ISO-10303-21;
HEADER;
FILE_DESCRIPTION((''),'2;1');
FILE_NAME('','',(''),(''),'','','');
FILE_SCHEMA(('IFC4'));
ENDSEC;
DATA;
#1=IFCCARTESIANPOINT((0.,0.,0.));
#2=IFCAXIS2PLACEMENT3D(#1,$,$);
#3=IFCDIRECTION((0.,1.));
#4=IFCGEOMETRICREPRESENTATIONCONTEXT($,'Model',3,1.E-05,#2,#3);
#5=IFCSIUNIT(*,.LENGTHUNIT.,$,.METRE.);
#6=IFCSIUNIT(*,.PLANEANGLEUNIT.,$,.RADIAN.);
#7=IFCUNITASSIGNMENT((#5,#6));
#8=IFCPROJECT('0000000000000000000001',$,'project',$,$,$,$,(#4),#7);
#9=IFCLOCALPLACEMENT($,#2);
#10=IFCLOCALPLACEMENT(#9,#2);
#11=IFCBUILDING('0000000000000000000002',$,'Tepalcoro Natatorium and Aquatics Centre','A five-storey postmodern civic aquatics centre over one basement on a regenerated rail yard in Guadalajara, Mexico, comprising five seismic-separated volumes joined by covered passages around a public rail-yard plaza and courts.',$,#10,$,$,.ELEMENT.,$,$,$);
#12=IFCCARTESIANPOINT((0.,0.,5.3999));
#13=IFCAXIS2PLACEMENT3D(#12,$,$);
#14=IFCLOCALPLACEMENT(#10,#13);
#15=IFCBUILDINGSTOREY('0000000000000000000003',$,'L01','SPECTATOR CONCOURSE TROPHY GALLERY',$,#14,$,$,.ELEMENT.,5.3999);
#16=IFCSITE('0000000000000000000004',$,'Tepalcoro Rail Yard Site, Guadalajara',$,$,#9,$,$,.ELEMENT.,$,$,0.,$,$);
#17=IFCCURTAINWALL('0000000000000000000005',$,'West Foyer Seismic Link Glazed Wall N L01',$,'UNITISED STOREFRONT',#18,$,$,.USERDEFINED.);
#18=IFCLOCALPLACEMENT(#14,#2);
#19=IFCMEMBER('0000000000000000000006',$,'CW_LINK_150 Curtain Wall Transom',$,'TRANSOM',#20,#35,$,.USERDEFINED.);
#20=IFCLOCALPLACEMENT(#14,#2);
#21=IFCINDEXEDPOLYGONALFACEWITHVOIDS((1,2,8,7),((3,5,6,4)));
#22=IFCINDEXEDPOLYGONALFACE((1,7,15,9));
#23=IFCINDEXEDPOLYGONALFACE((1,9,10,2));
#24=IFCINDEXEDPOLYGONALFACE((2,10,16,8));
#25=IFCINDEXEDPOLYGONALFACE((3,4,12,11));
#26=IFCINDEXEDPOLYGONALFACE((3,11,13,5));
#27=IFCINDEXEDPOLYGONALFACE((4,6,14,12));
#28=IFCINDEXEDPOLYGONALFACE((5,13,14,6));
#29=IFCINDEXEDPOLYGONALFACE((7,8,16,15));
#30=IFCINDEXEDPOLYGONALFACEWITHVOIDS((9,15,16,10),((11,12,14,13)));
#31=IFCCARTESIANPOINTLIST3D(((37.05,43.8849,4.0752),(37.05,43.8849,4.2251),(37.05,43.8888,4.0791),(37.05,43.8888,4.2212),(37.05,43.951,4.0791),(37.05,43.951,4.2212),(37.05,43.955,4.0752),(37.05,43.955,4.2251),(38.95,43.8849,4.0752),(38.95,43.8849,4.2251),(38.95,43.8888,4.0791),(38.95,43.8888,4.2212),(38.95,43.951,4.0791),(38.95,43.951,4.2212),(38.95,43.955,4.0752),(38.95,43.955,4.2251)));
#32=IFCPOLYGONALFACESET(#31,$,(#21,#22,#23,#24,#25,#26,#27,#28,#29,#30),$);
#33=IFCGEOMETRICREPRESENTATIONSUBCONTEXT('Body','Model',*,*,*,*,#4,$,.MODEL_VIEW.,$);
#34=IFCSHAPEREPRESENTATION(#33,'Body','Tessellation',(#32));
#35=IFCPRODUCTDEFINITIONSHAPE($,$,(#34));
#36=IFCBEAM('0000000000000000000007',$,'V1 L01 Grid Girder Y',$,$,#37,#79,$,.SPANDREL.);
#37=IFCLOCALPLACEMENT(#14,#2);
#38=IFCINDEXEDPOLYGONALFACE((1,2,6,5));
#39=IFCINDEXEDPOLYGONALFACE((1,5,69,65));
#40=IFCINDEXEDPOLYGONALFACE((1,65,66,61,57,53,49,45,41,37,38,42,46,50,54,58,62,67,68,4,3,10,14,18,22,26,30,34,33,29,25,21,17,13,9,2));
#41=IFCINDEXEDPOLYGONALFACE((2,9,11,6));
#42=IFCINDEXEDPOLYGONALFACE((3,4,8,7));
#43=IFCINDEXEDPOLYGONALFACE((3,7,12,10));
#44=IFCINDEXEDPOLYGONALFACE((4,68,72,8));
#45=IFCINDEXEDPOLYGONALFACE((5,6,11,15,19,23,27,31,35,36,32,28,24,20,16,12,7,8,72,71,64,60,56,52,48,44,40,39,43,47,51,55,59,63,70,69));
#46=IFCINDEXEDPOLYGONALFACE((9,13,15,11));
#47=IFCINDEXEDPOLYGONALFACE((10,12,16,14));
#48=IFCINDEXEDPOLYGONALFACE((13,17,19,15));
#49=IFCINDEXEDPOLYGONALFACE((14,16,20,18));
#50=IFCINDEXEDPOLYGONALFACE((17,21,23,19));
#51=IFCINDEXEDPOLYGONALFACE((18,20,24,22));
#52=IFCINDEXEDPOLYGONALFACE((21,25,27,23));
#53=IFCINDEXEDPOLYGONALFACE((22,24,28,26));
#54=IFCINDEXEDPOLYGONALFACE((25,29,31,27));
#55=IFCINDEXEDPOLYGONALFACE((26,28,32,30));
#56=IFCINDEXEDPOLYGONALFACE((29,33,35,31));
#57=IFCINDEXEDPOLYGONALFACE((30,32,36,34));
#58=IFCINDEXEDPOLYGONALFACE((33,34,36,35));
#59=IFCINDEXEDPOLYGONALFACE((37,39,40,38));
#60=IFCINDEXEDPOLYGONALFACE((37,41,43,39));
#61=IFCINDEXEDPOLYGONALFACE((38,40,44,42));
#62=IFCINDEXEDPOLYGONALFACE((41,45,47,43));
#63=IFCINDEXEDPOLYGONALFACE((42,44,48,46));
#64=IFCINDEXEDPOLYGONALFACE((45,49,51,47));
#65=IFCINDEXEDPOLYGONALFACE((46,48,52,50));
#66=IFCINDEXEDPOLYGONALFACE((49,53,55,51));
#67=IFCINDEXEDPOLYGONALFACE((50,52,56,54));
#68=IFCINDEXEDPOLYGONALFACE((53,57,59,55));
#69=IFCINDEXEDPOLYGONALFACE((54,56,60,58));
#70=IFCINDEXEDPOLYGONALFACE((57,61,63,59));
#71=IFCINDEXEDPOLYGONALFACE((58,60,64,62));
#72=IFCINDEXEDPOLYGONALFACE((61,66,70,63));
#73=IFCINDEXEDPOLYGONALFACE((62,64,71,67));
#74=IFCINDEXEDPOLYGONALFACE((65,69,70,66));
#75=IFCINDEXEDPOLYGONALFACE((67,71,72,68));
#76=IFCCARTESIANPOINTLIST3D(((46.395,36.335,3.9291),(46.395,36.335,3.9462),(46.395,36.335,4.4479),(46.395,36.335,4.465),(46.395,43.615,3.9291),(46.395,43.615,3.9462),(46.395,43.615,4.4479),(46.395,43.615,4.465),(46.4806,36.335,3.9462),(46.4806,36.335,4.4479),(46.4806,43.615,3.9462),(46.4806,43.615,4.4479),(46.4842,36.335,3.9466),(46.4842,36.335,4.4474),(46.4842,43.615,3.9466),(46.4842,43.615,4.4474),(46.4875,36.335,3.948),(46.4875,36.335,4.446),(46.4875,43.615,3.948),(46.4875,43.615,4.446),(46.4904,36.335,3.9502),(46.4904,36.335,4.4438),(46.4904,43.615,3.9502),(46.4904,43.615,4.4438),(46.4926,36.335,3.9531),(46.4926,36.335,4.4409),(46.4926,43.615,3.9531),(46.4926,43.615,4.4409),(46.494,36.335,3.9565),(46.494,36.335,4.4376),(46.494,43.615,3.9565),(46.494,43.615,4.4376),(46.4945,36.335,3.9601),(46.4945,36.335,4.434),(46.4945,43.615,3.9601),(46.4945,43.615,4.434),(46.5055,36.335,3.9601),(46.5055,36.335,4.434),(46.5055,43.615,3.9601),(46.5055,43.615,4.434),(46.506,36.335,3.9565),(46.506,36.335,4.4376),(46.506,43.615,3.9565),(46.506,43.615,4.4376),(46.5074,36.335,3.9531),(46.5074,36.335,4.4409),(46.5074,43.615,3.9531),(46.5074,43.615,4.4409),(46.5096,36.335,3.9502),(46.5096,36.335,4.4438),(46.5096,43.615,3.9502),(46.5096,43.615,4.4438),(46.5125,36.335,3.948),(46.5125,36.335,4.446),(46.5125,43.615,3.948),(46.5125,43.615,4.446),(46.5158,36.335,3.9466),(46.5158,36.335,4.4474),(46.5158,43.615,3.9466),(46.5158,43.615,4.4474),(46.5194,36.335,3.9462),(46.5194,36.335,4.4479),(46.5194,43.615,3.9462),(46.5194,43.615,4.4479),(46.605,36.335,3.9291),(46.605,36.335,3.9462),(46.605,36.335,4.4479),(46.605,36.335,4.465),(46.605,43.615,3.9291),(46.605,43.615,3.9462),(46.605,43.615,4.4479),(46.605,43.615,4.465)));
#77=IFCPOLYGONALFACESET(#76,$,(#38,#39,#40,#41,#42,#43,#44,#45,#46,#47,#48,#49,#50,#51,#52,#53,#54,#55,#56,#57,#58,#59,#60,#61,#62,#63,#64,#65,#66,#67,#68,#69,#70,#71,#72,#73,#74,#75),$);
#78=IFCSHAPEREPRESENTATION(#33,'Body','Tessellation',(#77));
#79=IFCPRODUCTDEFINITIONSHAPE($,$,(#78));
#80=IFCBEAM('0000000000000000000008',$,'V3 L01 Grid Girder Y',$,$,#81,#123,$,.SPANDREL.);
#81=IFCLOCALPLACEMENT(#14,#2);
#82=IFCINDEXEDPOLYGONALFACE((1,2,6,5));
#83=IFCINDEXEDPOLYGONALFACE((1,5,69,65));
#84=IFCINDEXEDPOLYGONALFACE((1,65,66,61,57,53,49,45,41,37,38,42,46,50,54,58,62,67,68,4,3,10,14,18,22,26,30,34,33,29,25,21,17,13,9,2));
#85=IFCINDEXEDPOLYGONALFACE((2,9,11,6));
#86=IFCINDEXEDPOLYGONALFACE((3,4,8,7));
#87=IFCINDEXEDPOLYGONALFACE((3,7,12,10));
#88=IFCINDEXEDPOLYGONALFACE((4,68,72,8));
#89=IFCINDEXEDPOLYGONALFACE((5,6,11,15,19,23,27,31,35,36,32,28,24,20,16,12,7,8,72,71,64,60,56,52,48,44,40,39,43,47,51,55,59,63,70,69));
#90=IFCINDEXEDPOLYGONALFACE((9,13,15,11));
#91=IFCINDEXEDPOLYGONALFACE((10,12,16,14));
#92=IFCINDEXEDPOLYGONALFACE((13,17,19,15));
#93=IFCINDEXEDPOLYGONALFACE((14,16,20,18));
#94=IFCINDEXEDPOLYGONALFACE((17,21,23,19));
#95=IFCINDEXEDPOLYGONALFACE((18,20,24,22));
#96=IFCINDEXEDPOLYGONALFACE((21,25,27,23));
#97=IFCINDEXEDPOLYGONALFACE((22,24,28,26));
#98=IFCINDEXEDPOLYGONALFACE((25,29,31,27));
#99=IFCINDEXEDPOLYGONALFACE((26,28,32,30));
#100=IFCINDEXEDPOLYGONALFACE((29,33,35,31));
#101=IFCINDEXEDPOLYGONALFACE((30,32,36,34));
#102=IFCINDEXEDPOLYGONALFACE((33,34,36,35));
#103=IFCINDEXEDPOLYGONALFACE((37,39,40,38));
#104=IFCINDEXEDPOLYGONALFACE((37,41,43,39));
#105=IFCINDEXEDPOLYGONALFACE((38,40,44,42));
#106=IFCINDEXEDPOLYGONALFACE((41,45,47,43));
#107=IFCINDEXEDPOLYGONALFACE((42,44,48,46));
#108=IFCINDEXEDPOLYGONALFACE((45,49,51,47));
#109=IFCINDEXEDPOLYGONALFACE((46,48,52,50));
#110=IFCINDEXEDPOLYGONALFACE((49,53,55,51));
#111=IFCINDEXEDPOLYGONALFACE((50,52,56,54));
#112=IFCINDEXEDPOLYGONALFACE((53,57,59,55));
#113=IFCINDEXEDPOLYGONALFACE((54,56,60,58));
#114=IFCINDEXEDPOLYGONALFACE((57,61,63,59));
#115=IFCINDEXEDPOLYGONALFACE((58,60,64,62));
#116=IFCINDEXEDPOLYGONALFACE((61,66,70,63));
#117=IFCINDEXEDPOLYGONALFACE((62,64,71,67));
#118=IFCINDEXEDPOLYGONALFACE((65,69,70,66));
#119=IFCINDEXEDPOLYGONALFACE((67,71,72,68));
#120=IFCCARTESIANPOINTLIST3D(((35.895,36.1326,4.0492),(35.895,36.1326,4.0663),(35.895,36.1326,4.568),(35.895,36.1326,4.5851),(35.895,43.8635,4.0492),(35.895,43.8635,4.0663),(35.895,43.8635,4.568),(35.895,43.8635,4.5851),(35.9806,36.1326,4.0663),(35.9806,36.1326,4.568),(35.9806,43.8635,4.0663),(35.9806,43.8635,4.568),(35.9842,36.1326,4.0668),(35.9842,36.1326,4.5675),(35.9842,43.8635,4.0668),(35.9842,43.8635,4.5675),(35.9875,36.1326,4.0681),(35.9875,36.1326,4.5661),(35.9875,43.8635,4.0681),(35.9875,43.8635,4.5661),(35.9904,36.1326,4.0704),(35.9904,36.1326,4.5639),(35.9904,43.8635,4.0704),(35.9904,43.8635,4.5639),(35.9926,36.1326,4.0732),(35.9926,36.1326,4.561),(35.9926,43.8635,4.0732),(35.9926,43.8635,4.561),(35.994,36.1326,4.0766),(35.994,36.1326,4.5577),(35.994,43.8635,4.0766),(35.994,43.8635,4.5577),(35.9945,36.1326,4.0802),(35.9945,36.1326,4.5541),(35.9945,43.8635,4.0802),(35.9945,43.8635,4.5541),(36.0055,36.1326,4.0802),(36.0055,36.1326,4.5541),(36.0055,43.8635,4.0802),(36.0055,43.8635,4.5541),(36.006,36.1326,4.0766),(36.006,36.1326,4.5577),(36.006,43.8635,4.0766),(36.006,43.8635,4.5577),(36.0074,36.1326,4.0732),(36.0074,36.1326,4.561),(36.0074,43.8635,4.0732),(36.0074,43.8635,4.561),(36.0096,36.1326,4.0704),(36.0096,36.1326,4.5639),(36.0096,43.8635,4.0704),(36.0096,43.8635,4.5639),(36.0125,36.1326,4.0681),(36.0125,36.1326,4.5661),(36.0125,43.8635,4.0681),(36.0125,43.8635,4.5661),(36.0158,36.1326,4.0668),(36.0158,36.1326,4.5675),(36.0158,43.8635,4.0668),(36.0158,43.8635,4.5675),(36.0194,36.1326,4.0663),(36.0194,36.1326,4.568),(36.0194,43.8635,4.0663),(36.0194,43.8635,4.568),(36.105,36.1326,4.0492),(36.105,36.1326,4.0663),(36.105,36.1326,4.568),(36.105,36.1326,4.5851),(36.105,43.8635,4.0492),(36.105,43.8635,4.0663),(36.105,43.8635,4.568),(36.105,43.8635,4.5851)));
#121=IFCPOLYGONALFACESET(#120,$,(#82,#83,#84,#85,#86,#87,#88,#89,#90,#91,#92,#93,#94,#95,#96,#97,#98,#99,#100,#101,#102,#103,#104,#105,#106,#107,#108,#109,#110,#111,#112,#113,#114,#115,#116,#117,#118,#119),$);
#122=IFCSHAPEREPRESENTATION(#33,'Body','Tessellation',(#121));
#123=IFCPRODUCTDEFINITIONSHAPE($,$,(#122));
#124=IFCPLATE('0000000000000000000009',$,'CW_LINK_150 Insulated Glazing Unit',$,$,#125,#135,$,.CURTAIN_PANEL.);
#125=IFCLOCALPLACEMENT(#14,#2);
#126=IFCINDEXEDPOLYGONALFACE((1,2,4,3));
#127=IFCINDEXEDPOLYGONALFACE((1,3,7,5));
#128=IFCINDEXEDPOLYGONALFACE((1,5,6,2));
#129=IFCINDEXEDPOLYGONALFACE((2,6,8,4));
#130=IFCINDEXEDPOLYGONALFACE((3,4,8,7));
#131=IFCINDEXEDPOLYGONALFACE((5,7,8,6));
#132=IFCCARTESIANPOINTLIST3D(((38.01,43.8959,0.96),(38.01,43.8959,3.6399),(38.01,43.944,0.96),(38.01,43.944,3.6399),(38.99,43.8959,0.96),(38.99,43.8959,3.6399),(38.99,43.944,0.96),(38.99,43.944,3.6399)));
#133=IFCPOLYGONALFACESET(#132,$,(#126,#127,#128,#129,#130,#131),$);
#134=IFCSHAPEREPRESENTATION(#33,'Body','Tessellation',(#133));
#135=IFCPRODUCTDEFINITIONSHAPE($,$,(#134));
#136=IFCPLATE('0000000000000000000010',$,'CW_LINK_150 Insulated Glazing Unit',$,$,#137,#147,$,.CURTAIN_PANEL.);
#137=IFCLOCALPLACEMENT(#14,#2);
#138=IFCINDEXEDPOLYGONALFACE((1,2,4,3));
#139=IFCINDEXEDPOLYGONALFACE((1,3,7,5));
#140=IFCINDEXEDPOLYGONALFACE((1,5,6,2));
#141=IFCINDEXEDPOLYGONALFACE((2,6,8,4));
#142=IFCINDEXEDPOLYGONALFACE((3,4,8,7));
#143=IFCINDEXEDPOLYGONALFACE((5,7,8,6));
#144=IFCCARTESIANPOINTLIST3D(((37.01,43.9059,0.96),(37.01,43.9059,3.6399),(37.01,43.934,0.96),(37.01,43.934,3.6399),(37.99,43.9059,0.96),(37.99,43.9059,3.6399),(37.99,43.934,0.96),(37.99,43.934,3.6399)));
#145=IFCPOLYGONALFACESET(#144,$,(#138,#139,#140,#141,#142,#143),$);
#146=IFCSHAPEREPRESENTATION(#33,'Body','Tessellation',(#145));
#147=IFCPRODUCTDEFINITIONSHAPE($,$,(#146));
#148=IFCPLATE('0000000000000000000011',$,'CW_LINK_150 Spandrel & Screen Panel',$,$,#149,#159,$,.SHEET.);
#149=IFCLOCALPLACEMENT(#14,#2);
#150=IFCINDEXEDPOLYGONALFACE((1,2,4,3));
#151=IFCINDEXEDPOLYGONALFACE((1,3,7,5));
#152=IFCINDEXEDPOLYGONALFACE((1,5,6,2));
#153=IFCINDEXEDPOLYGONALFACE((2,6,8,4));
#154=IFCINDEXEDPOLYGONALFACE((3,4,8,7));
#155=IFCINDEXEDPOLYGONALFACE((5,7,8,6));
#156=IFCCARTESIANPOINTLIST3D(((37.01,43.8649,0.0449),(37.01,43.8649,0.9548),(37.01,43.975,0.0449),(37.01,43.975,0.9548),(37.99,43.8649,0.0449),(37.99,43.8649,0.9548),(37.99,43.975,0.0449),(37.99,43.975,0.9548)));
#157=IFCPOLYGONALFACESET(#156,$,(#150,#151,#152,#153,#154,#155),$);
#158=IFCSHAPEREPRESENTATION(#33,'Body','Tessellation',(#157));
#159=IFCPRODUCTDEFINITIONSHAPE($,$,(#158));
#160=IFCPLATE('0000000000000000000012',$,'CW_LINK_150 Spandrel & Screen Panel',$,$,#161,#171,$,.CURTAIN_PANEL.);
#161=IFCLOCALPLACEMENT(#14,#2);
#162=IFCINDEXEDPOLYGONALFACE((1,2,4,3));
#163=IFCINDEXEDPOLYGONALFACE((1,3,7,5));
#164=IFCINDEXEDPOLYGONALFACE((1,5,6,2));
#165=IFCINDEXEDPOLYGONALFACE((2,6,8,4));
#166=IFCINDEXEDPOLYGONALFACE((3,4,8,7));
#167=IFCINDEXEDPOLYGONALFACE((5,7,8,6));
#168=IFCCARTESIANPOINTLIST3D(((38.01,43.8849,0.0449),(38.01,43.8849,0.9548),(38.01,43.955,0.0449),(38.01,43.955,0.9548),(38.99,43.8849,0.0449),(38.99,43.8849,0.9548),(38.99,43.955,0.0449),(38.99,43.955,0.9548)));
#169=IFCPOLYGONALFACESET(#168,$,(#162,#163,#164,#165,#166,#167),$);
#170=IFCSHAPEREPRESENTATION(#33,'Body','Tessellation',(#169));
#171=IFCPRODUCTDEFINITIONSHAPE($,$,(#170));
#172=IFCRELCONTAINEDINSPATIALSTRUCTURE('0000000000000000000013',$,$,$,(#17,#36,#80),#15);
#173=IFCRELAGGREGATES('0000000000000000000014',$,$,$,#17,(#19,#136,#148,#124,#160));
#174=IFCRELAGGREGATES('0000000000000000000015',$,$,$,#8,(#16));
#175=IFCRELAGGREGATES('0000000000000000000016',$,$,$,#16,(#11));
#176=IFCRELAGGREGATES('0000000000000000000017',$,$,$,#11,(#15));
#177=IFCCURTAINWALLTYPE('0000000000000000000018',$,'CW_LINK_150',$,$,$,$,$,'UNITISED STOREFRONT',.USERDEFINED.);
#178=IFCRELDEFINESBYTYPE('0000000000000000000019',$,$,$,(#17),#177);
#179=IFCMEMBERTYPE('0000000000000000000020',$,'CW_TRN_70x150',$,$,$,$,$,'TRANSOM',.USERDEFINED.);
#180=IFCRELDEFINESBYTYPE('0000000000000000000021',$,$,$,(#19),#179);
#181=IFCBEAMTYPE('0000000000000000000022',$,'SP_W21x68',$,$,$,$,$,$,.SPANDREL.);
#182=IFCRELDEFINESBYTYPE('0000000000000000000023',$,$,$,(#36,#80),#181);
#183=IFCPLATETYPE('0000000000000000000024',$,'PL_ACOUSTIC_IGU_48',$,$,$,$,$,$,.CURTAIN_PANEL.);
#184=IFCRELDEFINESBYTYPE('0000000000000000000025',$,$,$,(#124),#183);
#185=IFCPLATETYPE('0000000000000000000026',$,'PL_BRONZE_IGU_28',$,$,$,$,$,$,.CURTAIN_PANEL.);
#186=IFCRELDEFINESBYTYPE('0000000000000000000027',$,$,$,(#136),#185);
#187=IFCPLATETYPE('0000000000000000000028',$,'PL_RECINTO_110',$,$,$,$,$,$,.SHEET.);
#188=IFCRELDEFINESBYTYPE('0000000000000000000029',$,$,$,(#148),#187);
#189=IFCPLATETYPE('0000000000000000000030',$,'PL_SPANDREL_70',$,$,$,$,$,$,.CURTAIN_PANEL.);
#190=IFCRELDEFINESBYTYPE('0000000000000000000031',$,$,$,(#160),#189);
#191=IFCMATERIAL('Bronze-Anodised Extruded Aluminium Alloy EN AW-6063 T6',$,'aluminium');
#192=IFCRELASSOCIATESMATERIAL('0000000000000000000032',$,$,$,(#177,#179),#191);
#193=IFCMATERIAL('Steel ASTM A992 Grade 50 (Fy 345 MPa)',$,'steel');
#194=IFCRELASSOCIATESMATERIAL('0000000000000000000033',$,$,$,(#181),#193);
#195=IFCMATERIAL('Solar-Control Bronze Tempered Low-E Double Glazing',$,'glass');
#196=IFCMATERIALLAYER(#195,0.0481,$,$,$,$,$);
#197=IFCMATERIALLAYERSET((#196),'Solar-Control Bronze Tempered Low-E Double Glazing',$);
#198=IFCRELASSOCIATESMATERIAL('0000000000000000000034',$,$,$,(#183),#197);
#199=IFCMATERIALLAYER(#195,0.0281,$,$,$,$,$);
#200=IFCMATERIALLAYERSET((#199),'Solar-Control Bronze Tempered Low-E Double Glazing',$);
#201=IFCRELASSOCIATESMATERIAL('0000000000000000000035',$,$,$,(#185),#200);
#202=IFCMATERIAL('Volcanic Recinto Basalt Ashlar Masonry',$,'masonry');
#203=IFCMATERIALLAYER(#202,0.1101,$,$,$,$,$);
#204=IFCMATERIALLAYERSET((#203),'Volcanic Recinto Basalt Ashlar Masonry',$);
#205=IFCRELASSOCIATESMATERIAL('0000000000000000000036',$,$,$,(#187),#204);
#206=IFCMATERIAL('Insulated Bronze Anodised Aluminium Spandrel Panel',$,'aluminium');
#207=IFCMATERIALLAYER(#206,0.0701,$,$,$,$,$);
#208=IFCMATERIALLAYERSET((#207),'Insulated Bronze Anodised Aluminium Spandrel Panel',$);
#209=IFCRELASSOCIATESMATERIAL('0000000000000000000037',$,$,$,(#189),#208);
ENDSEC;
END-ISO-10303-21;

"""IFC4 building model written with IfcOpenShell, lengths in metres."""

from ifc_helpers import new_model, si_unit, direction, frame, origin, origin_2d, place, context, subcontext, project, spatial, rectangle, hollow_rectangle, i_section, extrude, material, layer, layer_set, material_profile, profile_set, type_object, element, aggregate, save


model = new_model("IFC4")

# Units and contexts
model_context = context("Model", 3, precision=1e-05, world=origin(), true_north=direction((0.0, 1.0)))
body_context = subcontext(model_context, "Body", "Model", "MODEL_VIEW")
ifc_project = project(units=[si_unit("LENGTHUNIT", "METRE"), si_unit("PLANEANGLEUNIT", "RADIAN")], contexts=[model_context])

# Site, building, storey
site_placement = place(None, origin())
site = spatial("IfcSite", under=ifc_project, at=site_placement, Name="Tepalcoro Rail Yard Site, Guadalajara", CompositionType="ELEMENT", RefElevation=0.0)
building_placement = place(site_placement, origin())
building = spatial("IfcBuilding", under=site, at=building_placement, Name="Tepalcoro Natatorium and Aquatics Centre", Description="A five-storey postmodern civic aquatics centre over one basement on a regenerated rail yard in Guadalajara, Mexico, comprising five seismic-separated volumes joined by covered passages around a public rail-yard plaza and courts.", CompositionType="ELEMENT")
storey_placement = place(building_placement, frame((0.0, 0.0, 5.3999)))
storey = spatial("IfcBuildingStorey", under=building, at=storey_placement, Name="L01", Description="SPECTATOR CONCOURSE TROPHY GALLERY", CompositionType="ELEMENT", Elevation=5.3999)

# Shared definitions
ifc_material_1 = material(Name="Steel ASTM A992 Grade 50 (Fy 345 MPa)", Category="steel")

# Curtain wall, member
ifc_material_2 = material(Name="Bronze-Anodised Extruded Aluminium Alloy EN AW-6063 T6", Category="aluminium")
curtain_wall_type = type_object("IfcCurtainWallType", Name="CW_LINK_150", ElementType="UNITISED STOREFRONT", PredefinedType="USERDEFINED", material=ifc_material_2)
curtain_wall_placement = place(storey_placement, origin())
curtain_wall = element("IfcCurtainWall", 1, at=curtain_wall_placement, inside=storey, type_object=curtain_wall_type, Name="West Foyer Seismic Link Glazed Wall N L01", ObjectType="UNITISED STOREFRONT", PredefinedType="USERDEFINED")
ifc_material_profile_1 = material_profile(ifc_material_2, hollow_rectangle(XDim=0.0701, YDim=0.1499, WallThickness=0.0039, at=origin_2d()), Name="AL70X150X4")
ifc_profile_set_1 = profile_set([ifc_material_profile_1], Name="Bronze-Anodised Extruded Aluminium Alloy EN AW-6063 T6")
member_type_1 = type_object("IfcMemberType", Name="CW_TRN_70x150", ElementType="TRANSOM", PredefinedType="USERDEFINED", material=ifc_profile_set_1)
member_1_placement = place(storey_placement, frame((37.05, 43.9199, 4.1501), z_axis=(1.0, 0.0, 0.0), x_axis=(0.0, 1.0, 0.0)))
member_1 = element("IfcMember", 2, at=member_1_placement, type_object=member_type_1, Name="CW_LINK_150 Curtain Wall Transom", ObjectType="TRANSOM", PredefinedType="USERDEFINED", context=body_context, shape_type="SweptSolid", body=[
    extrude(hollow_rectangle(XDim=0.0701, YDim=0.1499, WallThickness=0.0039, at=origin_2d()), origin(), (0.0, 0.0, 1.0), 1.8999),
])

# Beams
ifc_material_profile_2 = material_profile(ifc_material_1, i_section(OverallWidth=0.21, OverallDepth=0.5359, WebThickness=0.011, FlangeThickness=0.0171, FilletRadius=0.0139, at=origin_2d()), Name="W21X68")
ifc_profile_set_2 = profile_set([ifc_material_profile_2], Name="Steel ASTM A992 Grade 50 (Fy 345 MPa)")
beam_type_1 = type_object("IfcBeamType", Name="SP_W21x68", PredefinedType="SPANDREL", material=ifc_profile_set_2)
beam_1_placement = place(storey_placement, frame((46.5, 36.335, 4.197), z_axis=(0.0, 1.0, 0.0), x_axis=(-1.0, 0.0, 0.0)))
element("IfcBeam", 3, at=beam_1_placement, inside=storey, type_object=beam_type_1, Name="V1 L01 Grid Girder Y", PredefinedType="SPANDREL", context=body_context, shape_type="SweptSolid", body=[
    extrude(i_section(OverallWidth=0.21, OverallDepth=0.5359, WebThickness=0.011, FlangeThickness=0.0171, FilletRadius=0.0139, at=origin_2d()), origin(), (0.0, 0.0, 1.0), 7.28),
])
beam_2_placement = place(storey_placement, frame((36.0, 36.1326, 4.3171), z_axis=(0.0, 1.0, 0.0), x_axis=(-1.0, 0.0, 0.0)))
element("IfcBeam", 4, at=beam_2_placement, inside=storey, type_object=beam_type_1, Name="V3 L01 Grid Girder Y", PredefinedType="SPANDREL", context=body_context, shape_type="SweptSolid", body=[
    extrude(i_section(OverallWidth=0.21, OverallDepth=0.5359, WebThickness=0.011, FlangeThickness=0.0171, FilletRadius=0.0139, at=origin_2d()), origin(), (0.0, 0.0, 1.0), 7.731),
])

# Plates
ifc_material_3 = material(Name="Solar-Control Bronze Tempered Low-E Double Glazing", Category="glass")
ifc_layer_1 = layer(ifc_material_3, 0.0481)
ifc_layer_set_1 = layer_set([ifc_layer_1], Name="Solar-Control Bronze Tempered Low-E Double Glazing")
plate_type_1 = type_object("IfcPlateType", Name="PL_ACOUSTIC_IGU_48", PredefinedType="CURTAIN_PANEL", material=ifc_layer_set_1)
plate_1_placement = place(storey_placement, frame((38.5, 43.9199, 0.96), z_axis=(0.0, 0.0, 1.0), x_axis=(1.0, 0.0, 0.0)))
plate_1 = element("IfcPlate", 5, at=plate_1_placement, type_object=plate_type_1, Name="CW_LINK_150 Insulated Glazing Unit", PredefinedType="CURTAIN_PANEL", context=body_context, shape_type="SweptSolid", body=[
    extrude(rectangle(XDim=0.98, YDim=0.0481, at=origin_2d()), origin(), (0.0, 0.0, 1.0), 2.6799),
])
ifc_layer_2 = layer(ifc_material_3, 0.0281)
ifc_layer_set_2 = layer_set([ifc_layer_2], Name="Solar-Control Bronze Tempered Low-E Double Glazing")
plate_type_2 = type_object("IfcPlateType", Name="PL_BRONZE_IGU_28", PredefinedType="CURTAIN_PANEL", material=ifc_layer_set_2)
plate_2_placement = place(storey_placement, frame((37.5, 43.9199, 0.96), z_axis=(0.0, 0.0, 1.0), x_axis=(1.0, 0.0, 0.0)))
plate_2 = element("IfcPlate", 6, at=plate_2_placement, type_object=plate_type_2, Name="CW_LINK_150 Insulated Glazing Unit", PredefinedType="CURTAIN_PANEL", context=body_context, shape_type="SweptSolid", body=[
    extrude(rectangle(XDim=0.98, YDim=0.0281, at=origin_2d()), origin(), (0.0, 0.0, 1.0), 2.6799),
])
ifc_material_4 = material(Name="Volcanic Recinto Basalt Ashlar Masonry", Category="masonry")
ifc_layer_3 = layer(ifc_material_4, 0.1101)
ifc_layer_set_3 = layer_set([ifc_layer_3], Name="Volcanic Recinto Basalt Ashlar Masonry")
plate_type_3 = type_object("IfcPlateType", Name="PL_RECINTO_110", PredefinedType="SHEET", material=ifc_layer_set_3)
plate_3_placement = place(storey_placement, frame((37.5, 43.9199, 0.0449), z_axis=(0.0, 0.0, 1.0), x_axis=(1.0, 0.0, 0.0)))
plate_3 = element("IfcPlate", 7, at=plate_3_placement, type_object=plate_type_3, Name="CW_LINK_150 Spandrel & Screen Panel", PredefinedType="SHEET", context=body_context, shape_type="SweptSolid", body=[
    extrude(rectangle(XDim=0.98, YDim=0.1101, at=origin_2d()), origin(), (0.0, 0.0, 1.0), 0.9099),
])
ifc_material_5 = material(Name="Insulated Bronze Anodised Aluminium Spandrel Panel", Category="aluminium")
ifc_layer_4 = layer(ifc_material_5, 0.0701)
ifc_layer_set_4 = layer_set([ifc_layer_4], Name="Insulated Bronze Anodised Aluminium Spandrel Panel")
plate_type_4 = type_object("IfcPlateType", Name="PL_SPANDREL_70", PredefinedType="CURTAIN_PANEL", material=ifc_layer_set_4)
plate_4_placement = place(storey_placement, frame((38.5, 43.9199, 0.0449), z_axis=(0.0, 0.0, 1.0), x_axis=(1.0, 0.0, 0.0)))
plate_4 = element("IfcPlate", 8, at=plate_4_placement, type_object=plate_type_4, Name="CW_LINK_150 Spandrel & Screen Panel", PredefinedType="CURTAIN_PANEL", context=body_context, shape_type="SweptSolid", body=[
    extrude(rectangle(XDim=0.98, YDim=0.0701, at=origin_2d()), origin(), (0.0, 0.0, 1.0), 0.9099),
])
aggregate(curtain_wall, [member_1, plate_2, plate_3, plate_1, plate_4])

save(model, "model.ifc")
